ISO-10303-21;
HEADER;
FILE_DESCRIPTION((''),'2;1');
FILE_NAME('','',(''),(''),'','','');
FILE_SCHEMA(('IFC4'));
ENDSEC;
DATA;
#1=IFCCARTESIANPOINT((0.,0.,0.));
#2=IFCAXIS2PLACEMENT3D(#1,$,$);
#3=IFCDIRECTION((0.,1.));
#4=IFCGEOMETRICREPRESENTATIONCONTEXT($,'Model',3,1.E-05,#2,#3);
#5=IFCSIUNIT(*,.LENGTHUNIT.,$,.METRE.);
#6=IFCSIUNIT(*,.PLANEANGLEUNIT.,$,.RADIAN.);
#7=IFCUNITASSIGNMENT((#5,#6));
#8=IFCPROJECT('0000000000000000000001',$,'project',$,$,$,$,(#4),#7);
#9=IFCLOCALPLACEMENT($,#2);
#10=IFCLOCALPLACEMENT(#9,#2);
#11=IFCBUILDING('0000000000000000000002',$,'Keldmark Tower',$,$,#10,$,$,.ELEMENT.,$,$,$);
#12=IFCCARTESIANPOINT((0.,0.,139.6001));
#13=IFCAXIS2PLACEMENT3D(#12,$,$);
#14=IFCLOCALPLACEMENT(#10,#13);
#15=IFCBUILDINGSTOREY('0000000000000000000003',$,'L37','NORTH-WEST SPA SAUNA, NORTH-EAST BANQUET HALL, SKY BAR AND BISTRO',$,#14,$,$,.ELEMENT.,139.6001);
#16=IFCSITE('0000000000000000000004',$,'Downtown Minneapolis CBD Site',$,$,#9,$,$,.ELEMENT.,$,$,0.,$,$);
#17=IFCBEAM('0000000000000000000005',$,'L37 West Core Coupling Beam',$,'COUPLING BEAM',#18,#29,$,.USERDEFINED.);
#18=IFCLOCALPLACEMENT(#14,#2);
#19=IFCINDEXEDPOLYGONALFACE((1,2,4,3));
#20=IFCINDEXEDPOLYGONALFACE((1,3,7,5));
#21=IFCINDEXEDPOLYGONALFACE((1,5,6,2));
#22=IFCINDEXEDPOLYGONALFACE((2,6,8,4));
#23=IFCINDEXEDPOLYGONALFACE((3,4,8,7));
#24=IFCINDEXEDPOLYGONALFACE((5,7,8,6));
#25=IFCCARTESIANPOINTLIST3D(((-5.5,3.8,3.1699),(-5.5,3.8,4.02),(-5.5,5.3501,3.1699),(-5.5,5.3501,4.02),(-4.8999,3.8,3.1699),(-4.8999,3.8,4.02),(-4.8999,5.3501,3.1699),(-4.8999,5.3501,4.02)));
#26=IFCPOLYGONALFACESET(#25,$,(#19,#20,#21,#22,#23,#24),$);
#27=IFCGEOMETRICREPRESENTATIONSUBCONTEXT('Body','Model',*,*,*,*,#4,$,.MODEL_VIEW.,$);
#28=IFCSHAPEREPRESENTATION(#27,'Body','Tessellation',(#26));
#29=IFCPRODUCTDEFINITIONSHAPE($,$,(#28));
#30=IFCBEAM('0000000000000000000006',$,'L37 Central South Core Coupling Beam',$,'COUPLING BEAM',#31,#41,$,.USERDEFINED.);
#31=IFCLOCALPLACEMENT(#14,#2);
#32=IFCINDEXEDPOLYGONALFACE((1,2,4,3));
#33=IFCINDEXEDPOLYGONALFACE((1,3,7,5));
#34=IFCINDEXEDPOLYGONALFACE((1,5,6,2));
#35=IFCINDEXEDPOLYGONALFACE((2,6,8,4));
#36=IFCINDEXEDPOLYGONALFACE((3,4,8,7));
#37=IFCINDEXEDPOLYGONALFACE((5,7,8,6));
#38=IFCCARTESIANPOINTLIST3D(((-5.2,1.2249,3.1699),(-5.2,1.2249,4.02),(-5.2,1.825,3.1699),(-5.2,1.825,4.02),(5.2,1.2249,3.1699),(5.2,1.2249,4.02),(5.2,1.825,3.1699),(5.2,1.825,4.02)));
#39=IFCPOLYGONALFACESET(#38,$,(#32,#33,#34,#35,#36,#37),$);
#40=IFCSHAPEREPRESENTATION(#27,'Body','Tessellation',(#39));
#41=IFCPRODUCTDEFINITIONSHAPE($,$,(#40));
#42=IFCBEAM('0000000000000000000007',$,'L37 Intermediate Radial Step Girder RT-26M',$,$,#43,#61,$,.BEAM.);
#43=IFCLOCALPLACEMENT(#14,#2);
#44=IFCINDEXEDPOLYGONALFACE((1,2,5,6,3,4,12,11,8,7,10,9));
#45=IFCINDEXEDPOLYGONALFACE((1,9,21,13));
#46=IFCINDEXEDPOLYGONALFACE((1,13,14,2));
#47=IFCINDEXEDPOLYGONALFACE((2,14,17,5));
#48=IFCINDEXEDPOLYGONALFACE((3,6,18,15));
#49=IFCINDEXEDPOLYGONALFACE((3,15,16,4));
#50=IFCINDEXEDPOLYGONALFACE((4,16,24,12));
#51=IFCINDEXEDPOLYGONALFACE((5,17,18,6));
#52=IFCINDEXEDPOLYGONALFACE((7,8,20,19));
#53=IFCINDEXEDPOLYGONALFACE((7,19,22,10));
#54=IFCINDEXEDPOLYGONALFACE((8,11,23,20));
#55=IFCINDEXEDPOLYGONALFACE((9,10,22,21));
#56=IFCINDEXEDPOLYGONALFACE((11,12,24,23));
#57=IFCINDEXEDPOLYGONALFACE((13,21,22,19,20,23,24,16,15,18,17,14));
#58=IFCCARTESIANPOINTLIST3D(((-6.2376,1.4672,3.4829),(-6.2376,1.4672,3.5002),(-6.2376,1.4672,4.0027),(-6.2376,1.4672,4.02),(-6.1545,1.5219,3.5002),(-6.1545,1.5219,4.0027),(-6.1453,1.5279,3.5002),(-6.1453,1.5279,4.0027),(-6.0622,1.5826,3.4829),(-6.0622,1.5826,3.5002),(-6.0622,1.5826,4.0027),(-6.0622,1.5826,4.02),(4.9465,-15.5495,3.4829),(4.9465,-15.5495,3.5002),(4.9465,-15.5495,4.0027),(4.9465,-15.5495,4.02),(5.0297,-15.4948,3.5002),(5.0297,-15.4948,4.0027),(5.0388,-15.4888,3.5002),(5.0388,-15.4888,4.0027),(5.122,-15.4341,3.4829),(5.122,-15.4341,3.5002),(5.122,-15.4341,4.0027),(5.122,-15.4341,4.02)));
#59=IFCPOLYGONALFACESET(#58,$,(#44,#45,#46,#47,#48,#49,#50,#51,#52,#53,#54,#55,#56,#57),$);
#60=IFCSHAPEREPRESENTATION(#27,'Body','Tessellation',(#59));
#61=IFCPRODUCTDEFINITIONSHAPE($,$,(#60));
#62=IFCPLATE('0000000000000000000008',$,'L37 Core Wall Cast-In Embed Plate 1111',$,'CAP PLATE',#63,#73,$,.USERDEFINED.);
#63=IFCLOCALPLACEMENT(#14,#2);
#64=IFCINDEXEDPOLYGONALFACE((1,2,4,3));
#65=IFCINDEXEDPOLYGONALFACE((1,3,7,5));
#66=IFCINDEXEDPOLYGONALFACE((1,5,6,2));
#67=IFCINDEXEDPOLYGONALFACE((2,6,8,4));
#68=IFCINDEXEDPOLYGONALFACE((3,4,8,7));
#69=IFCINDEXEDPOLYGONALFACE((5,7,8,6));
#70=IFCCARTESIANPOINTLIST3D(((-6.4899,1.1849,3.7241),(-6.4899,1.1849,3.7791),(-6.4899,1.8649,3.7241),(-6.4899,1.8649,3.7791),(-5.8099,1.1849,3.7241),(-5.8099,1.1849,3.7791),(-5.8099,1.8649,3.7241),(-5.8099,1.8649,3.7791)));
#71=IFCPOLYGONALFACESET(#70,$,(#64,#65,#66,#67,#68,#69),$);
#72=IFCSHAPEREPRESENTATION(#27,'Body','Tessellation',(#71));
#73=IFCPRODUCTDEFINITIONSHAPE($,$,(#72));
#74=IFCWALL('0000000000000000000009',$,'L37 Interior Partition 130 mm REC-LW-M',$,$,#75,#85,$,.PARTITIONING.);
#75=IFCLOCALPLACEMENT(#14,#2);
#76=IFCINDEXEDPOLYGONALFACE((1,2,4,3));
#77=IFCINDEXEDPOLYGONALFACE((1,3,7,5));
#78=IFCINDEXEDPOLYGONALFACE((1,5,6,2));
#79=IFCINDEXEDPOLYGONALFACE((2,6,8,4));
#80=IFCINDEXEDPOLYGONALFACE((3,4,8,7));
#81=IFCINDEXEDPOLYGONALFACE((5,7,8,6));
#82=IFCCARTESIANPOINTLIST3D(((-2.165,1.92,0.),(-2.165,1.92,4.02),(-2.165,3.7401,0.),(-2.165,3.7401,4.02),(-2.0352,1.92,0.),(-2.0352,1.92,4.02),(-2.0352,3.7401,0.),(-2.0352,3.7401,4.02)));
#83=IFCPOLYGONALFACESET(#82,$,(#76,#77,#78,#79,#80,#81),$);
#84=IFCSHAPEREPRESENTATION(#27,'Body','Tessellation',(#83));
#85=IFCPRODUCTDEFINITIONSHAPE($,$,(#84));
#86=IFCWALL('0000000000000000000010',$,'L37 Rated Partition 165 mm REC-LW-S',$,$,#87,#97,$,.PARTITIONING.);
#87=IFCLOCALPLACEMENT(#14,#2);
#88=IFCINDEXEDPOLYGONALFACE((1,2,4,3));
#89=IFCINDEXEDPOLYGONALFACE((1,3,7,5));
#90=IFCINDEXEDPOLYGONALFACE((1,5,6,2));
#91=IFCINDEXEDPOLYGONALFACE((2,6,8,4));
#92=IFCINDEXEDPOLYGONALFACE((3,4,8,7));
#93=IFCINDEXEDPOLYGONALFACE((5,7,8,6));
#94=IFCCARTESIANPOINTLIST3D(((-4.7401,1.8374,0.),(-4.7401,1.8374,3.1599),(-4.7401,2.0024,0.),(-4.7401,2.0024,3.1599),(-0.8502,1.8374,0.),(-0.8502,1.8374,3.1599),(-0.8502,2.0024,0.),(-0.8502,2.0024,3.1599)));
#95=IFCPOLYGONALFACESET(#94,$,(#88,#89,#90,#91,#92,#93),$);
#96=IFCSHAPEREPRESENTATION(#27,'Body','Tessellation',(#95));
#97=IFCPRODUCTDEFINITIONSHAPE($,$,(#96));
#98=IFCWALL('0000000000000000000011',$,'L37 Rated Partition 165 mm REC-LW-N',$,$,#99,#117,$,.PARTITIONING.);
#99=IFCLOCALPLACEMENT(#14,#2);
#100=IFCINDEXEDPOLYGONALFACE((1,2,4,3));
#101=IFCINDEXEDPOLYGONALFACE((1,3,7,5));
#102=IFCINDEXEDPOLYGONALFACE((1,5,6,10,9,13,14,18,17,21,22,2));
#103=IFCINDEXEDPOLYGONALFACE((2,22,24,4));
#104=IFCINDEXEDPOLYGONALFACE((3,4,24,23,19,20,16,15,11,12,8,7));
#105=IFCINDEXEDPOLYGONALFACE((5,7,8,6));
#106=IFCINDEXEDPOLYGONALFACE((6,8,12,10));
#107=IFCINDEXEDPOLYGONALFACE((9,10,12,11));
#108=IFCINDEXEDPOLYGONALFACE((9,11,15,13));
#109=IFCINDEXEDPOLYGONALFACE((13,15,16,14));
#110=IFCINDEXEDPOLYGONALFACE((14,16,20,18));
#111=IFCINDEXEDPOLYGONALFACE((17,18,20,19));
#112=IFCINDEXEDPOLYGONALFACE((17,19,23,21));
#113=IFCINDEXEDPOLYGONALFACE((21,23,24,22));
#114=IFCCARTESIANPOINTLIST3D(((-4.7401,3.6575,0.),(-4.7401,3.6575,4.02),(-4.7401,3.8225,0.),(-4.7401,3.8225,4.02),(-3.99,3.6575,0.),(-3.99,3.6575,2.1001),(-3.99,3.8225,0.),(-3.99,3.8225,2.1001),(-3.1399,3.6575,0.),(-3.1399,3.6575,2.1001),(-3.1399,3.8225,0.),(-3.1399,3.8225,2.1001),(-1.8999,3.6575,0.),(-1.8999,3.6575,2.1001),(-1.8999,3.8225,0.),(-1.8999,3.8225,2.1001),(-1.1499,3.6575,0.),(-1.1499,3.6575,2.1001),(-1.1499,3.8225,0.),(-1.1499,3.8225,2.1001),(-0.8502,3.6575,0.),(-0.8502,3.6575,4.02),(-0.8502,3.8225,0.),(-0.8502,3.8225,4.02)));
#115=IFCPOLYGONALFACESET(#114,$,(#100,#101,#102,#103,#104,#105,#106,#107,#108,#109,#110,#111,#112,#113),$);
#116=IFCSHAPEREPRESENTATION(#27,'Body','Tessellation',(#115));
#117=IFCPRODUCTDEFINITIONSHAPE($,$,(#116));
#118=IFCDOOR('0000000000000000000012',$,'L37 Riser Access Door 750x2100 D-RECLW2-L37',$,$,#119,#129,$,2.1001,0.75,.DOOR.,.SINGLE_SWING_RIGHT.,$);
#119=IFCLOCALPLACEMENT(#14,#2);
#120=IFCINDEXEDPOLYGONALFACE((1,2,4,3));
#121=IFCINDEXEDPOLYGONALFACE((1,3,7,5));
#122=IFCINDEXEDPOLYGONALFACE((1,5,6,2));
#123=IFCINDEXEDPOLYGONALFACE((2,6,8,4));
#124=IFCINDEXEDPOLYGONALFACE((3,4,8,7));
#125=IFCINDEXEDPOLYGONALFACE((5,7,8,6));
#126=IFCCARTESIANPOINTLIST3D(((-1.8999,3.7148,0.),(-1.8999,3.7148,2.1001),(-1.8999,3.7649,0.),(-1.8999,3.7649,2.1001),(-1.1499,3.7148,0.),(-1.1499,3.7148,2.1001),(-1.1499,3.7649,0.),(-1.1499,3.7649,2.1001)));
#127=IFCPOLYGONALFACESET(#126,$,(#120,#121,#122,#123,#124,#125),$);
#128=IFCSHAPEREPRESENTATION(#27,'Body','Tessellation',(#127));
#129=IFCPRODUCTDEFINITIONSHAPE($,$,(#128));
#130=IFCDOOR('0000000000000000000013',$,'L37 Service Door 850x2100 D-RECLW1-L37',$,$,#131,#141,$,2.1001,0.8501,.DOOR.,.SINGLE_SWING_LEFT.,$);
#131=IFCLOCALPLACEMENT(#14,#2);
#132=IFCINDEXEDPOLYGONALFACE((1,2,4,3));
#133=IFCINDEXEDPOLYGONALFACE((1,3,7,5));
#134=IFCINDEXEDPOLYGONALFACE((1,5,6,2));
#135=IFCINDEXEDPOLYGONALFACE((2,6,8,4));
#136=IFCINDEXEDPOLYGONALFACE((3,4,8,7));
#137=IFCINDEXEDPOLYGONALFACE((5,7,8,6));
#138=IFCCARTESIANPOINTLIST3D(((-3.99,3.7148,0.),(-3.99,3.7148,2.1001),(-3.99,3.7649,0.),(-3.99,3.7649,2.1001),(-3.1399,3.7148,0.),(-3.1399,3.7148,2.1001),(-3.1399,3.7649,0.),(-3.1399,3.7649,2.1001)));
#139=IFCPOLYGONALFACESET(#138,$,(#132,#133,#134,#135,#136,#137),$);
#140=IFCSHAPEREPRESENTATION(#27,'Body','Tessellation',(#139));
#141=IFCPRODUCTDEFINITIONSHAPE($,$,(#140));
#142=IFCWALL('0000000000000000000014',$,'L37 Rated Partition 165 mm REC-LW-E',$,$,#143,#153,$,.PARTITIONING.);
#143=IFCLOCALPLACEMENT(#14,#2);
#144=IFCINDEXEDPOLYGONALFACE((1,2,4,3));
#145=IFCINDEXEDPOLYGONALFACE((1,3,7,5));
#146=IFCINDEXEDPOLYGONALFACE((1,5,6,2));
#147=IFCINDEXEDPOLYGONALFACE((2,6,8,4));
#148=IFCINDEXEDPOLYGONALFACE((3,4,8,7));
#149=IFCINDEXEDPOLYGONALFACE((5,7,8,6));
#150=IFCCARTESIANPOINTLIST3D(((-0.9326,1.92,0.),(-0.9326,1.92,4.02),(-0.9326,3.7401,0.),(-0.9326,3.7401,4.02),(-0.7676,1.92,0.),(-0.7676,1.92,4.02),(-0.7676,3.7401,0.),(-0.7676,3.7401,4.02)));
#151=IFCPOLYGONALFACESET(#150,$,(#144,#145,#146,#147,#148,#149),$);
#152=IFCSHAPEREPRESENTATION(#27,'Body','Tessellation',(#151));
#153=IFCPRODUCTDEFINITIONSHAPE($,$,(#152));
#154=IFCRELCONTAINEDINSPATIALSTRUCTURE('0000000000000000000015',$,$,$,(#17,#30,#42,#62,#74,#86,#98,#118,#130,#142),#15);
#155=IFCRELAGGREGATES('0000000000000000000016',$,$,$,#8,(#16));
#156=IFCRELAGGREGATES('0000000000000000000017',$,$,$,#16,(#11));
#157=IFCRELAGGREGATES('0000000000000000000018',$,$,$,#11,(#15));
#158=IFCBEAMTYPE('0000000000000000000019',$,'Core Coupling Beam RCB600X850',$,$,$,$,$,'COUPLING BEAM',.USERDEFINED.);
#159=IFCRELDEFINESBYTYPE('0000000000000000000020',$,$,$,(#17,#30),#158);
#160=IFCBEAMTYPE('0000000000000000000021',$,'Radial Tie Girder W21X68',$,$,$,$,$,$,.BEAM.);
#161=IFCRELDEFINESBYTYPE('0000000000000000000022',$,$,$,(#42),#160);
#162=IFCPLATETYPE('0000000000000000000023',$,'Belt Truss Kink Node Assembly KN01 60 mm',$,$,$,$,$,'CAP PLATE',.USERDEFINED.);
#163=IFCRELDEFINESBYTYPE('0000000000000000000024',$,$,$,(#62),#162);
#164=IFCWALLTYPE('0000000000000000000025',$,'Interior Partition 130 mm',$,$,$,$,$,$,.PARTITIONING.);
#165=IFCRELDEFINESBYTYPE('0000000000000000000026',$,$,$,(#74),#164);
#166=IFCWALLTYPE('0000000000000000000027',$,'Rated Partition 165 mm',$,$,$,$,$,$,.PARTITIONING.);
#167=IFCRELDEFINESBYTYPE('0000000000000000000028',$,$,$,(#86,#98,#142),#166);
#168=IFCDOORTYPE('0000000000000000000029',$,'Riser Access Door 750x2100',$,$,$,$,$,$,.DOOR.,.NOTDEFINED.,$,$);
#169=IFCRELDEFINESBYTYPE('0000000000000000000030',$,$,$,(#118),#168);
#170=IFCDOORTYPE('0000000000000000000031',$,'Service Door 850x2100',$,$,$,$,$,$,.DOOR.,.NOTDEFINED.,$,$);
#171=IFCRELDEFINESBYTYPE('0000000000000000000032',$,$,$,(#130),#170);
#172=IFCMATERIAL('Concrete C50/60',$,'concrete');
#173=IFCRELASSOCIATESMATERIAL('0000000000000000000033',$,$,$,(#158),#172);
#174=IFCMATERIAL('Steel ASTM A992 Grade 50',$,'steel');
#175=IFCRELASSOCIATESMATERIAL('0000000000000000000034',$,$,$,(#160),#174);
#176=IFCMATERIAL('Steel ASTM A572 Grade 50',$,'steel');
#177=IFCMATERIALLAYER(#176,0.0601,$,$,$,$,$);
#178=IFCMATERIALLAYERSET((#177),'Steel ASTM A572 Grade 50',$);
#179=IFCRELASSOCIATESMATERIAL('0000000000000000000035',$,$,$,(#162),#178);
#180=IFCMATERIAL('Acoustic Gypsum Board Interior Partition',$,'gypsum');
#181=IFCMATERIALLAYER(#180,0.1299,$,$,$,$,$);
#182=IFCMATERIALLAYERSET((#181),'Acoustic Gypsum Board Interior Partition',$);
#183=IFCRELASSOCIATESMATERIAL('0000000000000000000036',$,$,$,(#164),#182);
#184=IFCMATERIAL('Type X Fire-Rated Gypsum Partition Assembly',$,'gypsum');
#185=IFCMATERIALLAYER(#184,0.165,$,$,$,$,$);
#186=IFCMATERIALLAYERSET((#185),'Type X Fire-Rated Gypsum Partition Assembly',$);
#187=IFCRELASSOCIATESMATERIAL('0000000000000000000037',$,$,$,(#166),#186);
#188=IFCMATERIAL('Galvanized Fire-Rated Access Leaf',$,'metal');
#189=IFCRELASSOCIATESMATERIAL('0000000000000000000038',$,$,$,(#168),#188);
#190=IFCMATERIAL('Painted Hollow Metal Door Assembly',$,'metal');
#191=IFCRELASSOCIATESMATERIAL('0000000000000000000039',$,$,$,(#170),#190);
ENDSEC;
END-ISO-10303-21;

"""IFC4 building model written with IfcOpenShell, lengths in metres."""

from ifc_helpers import new_model, si_unit, direction, frame, frame_2d, origin, origin_2d, place, context, subcontext, project, spatial, rectangle, i_section, extrude, material, layer, layer_set, material_profile, profile_set, type_object, element, fill, save


model = new_model("IFC4")

# Units and contexts
model_context = context("Model", 3, precision=1e-05, world=origin(), true_north=direction((0.0, 1.0)))
body_context = subcontext(model_context, "Body", "Model", "MODEL_VIEW")
ifc_project = project(units=[si_unit("LENGTHUNIT", "METRE"), si_unit("PLANEANGLEUNIT", "RADIAN")], contexts=[model_context])

# Site, building, storey
site_placement = place(None, origin())
site = spatial("IfcSite", under=ifc_project, at=site_placement, Name="Downtown Minneapolis CBD Site", CompositionType="ELEMENT", RefElevation=0.0)
building_placement = place(site_placement, origin())
building = spatial("IfcBuilding", under=site, at=building_placement, Name="Keldmark Tower", CompositionType="ELEMENT")
storey_placement = place(building_placement, frame((0.0, 0.0, 139.6001)))
storey = spatial("IfcBuildingStorey", under=building, at=storey_placement, Name="L37", Description="NORTH-WEST SPA SAUNA, NORTH-EAST BANQUET HALL, SKY BAR AND BISTRO", CompositionType="ELEMENT", Elevation=139.6001)

# Beams
ifc_material_1 = material(Name="Concrete C50/60", Category="concrete")
ifc_material_profile_1 = material_profile(ifc_material_1, rectangle(XDim=0.6001, YDim=0.8501, at=origin_2d()), Name="RCB600X850")
ifc_profile_set_1 = profile_set([ifc_material_profile_1], Name="Concrete C50/60")
beam_type_1 = type_object("IfcBeamType", Name="Core Coupling Beam RCB600X850", ElementType="COUPLING BEAM", PredefinedType="USERDEFINED", material=ifc_profile_set_1)
beam_1_placement = place(storey_placement, frame((-5.2, 3.8, 3.595), z_axis=(0.0, 1.0, 0.0), x_axis=(-1.0, 0.0, 0.0)))
element("IfcBeam", 1, at=beam_1_placement, inside=storey, type_object=beam_type_1, Name="L37 West Core Coupling Beam", ObjectType="COUPLING BEAM", PredefinedType="USERDEFINED", context=body_context, shape_type="SweptSolid", body=[
    extrude(rectangle(XDim=0.6001, YDim=0.8501, at=origin_2d()), origin(), (0.0, 0.0, 1.0), 1.55),
])
beam_2_placement = place(storey_placement, frame((-5.2, 1.5249, 3.595), z_axis=(1.0, 0.0, 0.0), x_axis=(0.0, 1.0, 0.0)))
element("IfcBeam", 2, at=beam_2_placement, inside=storey, type_object=beam_type_1, Name="L37 Central South Core Coupling Beam", ObjectType="COUPLING BEAM", PredefinedType="USERDEFINED", context=body_context, shape_type="SweptSolid", body=[
    extrude(rectangle(XDim=0.6001, YDim=0.8501, at=origin_2d()), origin(), (0.0, 0.0, 1.0), 10.3999),
])
ifc_material_2 = material(Name="Steel ASTM A992 Grade 50", Category="steel")
ifc_material_profile_2 = material_profile(ifc_material_2, i_section(OverallWidth=0.21, OverallDepth=0.5371, WebThickness=0.011, FlangeThickness=0.0173, at=origin_2d()), Name="W21X68")
ifc_profile_set_2 = profile_set([ifc_material_profile_2], Name="Steel ASTM A992 Grade 50")
beam_type_2 = type_object("IfcBeamType", Name="Radial Tie Girder W21X68", PredefinedType="BEAM", material=ifc_profile_set_2)
beam_3_placement = place(storey_placement, frame((-6.1499, 1.5249, 3.7515), z_axis=(0.549238, -0.835666, 0.0), x_axis=(0.835666, 0.549238, 0.0)))
element("IfcBeam", 3, at=beam_3_placement, inside=storey, type_object=beam_type_2, Name="L37 Intermediate Radial Step Girder RT-26M", PredefinedType="BEAM", context=body_context, shape_type="SweptSolid", body=[
    extrude(i_section(OverallWidth=0.21, OverallDepth=0.5371, WebThickness=0.011, FlangeThickness=0.0173, at=origin_2d()), origin(), (0.0, 0.0, 1.0), 20.363),
])

# Plate
ifc_material_3 = material(Name="Steel ASTM A572 Grade 50", Category="steel")
ifc_layer_1 = layer(ifc_material_3, 0.0601)
ifc_layer_set_1 = layer_set([ifc_layer_1], Name="Steel ASTM A572 Grade 50")
plate_type = type_object("IfcPlateType", Name="Belt Truss Kink Node Assembly KN01 60 mm", ElementType="CAP PLATE", PredefinedType="USERDEFINED", material=ifc_layer_set_1)
plate_placement = place(storey_placement, frame((-6.1499, 1.5249, 3.7241), z_axis=(0.0, 0.0, 1.0), x_axis=(1.0, 0.0, 0.0)))
element("IfcPlate", 4, at=plate_placement, inside=storey, type_object=plate_type, Name="L37 Core Wall Cast-In Embed Plate 1111", ObjectType="CAP PLATE", PredefinedType="USERDEFINED", context=body_context, shape_type="SweptSolid", body=[
    extrude(rectangle(XDim=0.6799, YDim=0.6799, at=origin_2d()), origin(), (0.0, 0.0, 1.0), 0.0549),
])

# Walls
ifc_material_4 = material(Name="Acoustic Gypsum Board Interior Partition", Category="gypsum")
ifc_layer_2 = layer(ifc_material_4, 0.1299)
ifc_layer_set_2 = layer_set([ifc_layer_2], Name="Acoustic Gypsum Board Interior Partition")
wall_type_1 = type_object("IfcWallType", Name="Interior Partition 130 mm", PredefinedType="PARTITIONING", material=ifc_layer_set_2)
wall_1_placement = place(storey_placement, frame((-2.1001, 1.9199, 0.0), z_axis=(0.0, 0.0, 1.0), x_axis=(0.0, 1.0, 0.0)))
element("IfcWall", 5, at=wall_1_placement, inside=storey, type_object=wall_type_1, Name="L37 Interior Partition 130 mm REC-LW-M", PredefinedType="PARTITIONING", context=body_context, shape_type="SweptSolid", body=[
    extrude(rectangle(XDim=1.8201, YDim=0.1299, at=frame_2d((0.9102, 0.0))), origin(), (0.0, 0.0, 1.0), 4.02),
])
ifc_material_5 = material(Name="Type X Fire-Rated Gypsum Partition Assembly", Category="gypsum")
ifc_layer_3 = layer(ifc_material_5, 0.165)
ifc_layer_set_3 = layer_set([ifc_layer_3], Name="Type X Fire-Rated Gypsum Partition Assembly")
wall_type_2 = type_object("IfcWallType", Name="Rated Partition 165 mm", PredefinedType="PARTITIONING", material=ifc_layer_set_3)
wall_2_placement = place(storey_placement, frame((-4.74, 1.9199, 0.0), z_axis=(0.0, 0.0, 1.0), x_axis=(1.0, 0.0, 0.0)))
element("IfcWall", 6, at=wall_2_placement, inside=storey, type_object=wall_type_2, Name="L37 Rated Partition 165 mm REC-LW-S", PredefinedType="PARTITIONING", context=body_context, shape_type="SweptSolid", body=[
    extrude(rectangle(XDim=3.8899, YDim=0.165, at=frame_2d((1.9448, 0.0))), origin(), (0.0, 0.0, 1.0), 3.1599),
])

# Wall, openings, doors
wall_3_placement = place(storey_placement, frame((-4.74, 3.74, 0.0), z_axis=(0.0, 0.0, 1.0), x_axis=(1.0, 0.0, 0.0)))
wall_3 = element("IfcWall", 7, at=wall_3_placement, inside=storey, type_object=wall_type_2, Name="L37 Rated Partition 165 mm REC-LW-N", PredefinedType="PARTITIONING", context=body_context, shape_type="SweptSolid", body=[
    extrude(rectangle(XDim=3.8899, YDim=0.165, at=frame_2d((1.9448, 0.0))), origin(), (0.0, 0.0, 1.0), 4.02),
])
opening_1_placement = place(wall_3_placement, frame((0.75, 0.0, 0.0)))
opening_1 = element("IfcOpeningElement", 8, at=opening_1_placement, cuts=wall_3, PredefinedType="OPENING", context=body_context, shape_type="SweptSolid", body=[
    extrude(rectangle(XDim=0.8501, YDim=2.1001, at=frame_2d((0.425, 1.05))), frame((0.0, 0.0925, 0.0), z_axis=(0.0, -1.0, 0.0), x_axis=(1.0, 0.0, 0.0)), (0.0, 0.0, 1.0), 0.1851),
])
opening_2_placement = place(wall_3_placement, frame((2.8401, 0.0, 0.0)))
opening_2 = element("IfcOpeningElement", 9, at=opening_2_placement, cuts=wall_3, PredefinedType="OPENING", context=body_context, shape_type="SweptSolid", body=[
    extrude(rectangle(XDim=0.75, YDim=2.1001, at=frame_2d((0.375, 1.05))), frame((0.0, 0.0925, 0.0), z_axis=(0.0, -1.0, 0.0), x_axis=(1.0, 0.0, 0.0)), (0.0, 0.0, 1.0), 0.1851),
])
ifc_material_6 = material(Name="Galvanized Fire-Rated Access Leaf", Category="metal")
door_type_1 = type_object("IfcDoorType", Name="Riser Access Door 750x2100", OperationType="NOTDEFINED", PredefinedType="DOOR", material=ifc_material_6)
door_1_placement = place(opening_2_placement, origin())
door_1 = element("IfcDoor", 10, at=door_1_placement, inside=storey, type_object=door_type_1, Name="L37 Riser Access Door 750x2100 D-RECLW2-L37", OperationType="SINGLE_SWING_RIGHT", OverallHeight=2.1001, OverallWidth=0.75, PredefinedType="DOOR", context=body_context, shape_type="SweptSolid", body=[
    extrude(rectangle(XDim=0.75, YDim=2.1001, at=frame_2d((0.375, 1.05))), frame((0.0, 0.0249, 0.0), z_axis=(0.0, -1.0, 0.0), x_axis=(1.0, 0.0, 0.0)), (0.0, 0.0, 1.0), 0.05),
])
fill(opening_2, door_1)
ifc_material_7 = material(Name="Painted Hollow Metal Door Assembly", Category="metal")
door_type_2 = type_object("IfcDoorType", Name="Service Door 850x2100", OperationType="NOTDEFINED", PredefinedType="DOOR", material=ifc_material_7)
door_2_placement = place(opening_1_placement, origin())
door_2 = element("IfcDoor", 11, at=door_2_placement, inside=storey, type_object=door_type_2, Name="L37 Service Door 850x2100 D-RECLW1-L37", OperationType="SINGLE_SWING_LEFT", OverallHeight=2.1001, OverallWidth=0.8501, PredefinedType="DOOR", context=body_context, shape_type="SweptSolid", body=[
    extrude(rectangle(XDim=0.8501, YDim=2.1001, at=frame_2d((0.425, 1.05))), frame((0.0, 0.0249, 0.0), z_axis=(0.0, -1.0, 0.0), x_axis=(1.0, 0.0, 0.0)), (0.0, 0.0, 1.0), 0.05),
])
fill(opening_1, door_2)

# Wall
wall_4_placement = place(storey_placement, frame((-0.8501, 1.9199, 0.0), z_axis=(0.0, 0.0, 1.0), x_axis=(0.0, 1.0, 0.0)))
element("IfcWall", 12, at=wall_4_placement, inside=storey, type_object=wall_type_2, Name="L37 Rated Partition 165 mm REC-LW-E", PredefinedType="PARTITIONING", context=body_context, shape_type="SweptSolid", body=[
    extrude(rectangle(XDim=1.8201, YDim=0.165, at=frame_2d((0.9102, 0.0))), origin(), (0.0, 0.0, 1.0), 4.02),
])

save(model, "model.ifc")
